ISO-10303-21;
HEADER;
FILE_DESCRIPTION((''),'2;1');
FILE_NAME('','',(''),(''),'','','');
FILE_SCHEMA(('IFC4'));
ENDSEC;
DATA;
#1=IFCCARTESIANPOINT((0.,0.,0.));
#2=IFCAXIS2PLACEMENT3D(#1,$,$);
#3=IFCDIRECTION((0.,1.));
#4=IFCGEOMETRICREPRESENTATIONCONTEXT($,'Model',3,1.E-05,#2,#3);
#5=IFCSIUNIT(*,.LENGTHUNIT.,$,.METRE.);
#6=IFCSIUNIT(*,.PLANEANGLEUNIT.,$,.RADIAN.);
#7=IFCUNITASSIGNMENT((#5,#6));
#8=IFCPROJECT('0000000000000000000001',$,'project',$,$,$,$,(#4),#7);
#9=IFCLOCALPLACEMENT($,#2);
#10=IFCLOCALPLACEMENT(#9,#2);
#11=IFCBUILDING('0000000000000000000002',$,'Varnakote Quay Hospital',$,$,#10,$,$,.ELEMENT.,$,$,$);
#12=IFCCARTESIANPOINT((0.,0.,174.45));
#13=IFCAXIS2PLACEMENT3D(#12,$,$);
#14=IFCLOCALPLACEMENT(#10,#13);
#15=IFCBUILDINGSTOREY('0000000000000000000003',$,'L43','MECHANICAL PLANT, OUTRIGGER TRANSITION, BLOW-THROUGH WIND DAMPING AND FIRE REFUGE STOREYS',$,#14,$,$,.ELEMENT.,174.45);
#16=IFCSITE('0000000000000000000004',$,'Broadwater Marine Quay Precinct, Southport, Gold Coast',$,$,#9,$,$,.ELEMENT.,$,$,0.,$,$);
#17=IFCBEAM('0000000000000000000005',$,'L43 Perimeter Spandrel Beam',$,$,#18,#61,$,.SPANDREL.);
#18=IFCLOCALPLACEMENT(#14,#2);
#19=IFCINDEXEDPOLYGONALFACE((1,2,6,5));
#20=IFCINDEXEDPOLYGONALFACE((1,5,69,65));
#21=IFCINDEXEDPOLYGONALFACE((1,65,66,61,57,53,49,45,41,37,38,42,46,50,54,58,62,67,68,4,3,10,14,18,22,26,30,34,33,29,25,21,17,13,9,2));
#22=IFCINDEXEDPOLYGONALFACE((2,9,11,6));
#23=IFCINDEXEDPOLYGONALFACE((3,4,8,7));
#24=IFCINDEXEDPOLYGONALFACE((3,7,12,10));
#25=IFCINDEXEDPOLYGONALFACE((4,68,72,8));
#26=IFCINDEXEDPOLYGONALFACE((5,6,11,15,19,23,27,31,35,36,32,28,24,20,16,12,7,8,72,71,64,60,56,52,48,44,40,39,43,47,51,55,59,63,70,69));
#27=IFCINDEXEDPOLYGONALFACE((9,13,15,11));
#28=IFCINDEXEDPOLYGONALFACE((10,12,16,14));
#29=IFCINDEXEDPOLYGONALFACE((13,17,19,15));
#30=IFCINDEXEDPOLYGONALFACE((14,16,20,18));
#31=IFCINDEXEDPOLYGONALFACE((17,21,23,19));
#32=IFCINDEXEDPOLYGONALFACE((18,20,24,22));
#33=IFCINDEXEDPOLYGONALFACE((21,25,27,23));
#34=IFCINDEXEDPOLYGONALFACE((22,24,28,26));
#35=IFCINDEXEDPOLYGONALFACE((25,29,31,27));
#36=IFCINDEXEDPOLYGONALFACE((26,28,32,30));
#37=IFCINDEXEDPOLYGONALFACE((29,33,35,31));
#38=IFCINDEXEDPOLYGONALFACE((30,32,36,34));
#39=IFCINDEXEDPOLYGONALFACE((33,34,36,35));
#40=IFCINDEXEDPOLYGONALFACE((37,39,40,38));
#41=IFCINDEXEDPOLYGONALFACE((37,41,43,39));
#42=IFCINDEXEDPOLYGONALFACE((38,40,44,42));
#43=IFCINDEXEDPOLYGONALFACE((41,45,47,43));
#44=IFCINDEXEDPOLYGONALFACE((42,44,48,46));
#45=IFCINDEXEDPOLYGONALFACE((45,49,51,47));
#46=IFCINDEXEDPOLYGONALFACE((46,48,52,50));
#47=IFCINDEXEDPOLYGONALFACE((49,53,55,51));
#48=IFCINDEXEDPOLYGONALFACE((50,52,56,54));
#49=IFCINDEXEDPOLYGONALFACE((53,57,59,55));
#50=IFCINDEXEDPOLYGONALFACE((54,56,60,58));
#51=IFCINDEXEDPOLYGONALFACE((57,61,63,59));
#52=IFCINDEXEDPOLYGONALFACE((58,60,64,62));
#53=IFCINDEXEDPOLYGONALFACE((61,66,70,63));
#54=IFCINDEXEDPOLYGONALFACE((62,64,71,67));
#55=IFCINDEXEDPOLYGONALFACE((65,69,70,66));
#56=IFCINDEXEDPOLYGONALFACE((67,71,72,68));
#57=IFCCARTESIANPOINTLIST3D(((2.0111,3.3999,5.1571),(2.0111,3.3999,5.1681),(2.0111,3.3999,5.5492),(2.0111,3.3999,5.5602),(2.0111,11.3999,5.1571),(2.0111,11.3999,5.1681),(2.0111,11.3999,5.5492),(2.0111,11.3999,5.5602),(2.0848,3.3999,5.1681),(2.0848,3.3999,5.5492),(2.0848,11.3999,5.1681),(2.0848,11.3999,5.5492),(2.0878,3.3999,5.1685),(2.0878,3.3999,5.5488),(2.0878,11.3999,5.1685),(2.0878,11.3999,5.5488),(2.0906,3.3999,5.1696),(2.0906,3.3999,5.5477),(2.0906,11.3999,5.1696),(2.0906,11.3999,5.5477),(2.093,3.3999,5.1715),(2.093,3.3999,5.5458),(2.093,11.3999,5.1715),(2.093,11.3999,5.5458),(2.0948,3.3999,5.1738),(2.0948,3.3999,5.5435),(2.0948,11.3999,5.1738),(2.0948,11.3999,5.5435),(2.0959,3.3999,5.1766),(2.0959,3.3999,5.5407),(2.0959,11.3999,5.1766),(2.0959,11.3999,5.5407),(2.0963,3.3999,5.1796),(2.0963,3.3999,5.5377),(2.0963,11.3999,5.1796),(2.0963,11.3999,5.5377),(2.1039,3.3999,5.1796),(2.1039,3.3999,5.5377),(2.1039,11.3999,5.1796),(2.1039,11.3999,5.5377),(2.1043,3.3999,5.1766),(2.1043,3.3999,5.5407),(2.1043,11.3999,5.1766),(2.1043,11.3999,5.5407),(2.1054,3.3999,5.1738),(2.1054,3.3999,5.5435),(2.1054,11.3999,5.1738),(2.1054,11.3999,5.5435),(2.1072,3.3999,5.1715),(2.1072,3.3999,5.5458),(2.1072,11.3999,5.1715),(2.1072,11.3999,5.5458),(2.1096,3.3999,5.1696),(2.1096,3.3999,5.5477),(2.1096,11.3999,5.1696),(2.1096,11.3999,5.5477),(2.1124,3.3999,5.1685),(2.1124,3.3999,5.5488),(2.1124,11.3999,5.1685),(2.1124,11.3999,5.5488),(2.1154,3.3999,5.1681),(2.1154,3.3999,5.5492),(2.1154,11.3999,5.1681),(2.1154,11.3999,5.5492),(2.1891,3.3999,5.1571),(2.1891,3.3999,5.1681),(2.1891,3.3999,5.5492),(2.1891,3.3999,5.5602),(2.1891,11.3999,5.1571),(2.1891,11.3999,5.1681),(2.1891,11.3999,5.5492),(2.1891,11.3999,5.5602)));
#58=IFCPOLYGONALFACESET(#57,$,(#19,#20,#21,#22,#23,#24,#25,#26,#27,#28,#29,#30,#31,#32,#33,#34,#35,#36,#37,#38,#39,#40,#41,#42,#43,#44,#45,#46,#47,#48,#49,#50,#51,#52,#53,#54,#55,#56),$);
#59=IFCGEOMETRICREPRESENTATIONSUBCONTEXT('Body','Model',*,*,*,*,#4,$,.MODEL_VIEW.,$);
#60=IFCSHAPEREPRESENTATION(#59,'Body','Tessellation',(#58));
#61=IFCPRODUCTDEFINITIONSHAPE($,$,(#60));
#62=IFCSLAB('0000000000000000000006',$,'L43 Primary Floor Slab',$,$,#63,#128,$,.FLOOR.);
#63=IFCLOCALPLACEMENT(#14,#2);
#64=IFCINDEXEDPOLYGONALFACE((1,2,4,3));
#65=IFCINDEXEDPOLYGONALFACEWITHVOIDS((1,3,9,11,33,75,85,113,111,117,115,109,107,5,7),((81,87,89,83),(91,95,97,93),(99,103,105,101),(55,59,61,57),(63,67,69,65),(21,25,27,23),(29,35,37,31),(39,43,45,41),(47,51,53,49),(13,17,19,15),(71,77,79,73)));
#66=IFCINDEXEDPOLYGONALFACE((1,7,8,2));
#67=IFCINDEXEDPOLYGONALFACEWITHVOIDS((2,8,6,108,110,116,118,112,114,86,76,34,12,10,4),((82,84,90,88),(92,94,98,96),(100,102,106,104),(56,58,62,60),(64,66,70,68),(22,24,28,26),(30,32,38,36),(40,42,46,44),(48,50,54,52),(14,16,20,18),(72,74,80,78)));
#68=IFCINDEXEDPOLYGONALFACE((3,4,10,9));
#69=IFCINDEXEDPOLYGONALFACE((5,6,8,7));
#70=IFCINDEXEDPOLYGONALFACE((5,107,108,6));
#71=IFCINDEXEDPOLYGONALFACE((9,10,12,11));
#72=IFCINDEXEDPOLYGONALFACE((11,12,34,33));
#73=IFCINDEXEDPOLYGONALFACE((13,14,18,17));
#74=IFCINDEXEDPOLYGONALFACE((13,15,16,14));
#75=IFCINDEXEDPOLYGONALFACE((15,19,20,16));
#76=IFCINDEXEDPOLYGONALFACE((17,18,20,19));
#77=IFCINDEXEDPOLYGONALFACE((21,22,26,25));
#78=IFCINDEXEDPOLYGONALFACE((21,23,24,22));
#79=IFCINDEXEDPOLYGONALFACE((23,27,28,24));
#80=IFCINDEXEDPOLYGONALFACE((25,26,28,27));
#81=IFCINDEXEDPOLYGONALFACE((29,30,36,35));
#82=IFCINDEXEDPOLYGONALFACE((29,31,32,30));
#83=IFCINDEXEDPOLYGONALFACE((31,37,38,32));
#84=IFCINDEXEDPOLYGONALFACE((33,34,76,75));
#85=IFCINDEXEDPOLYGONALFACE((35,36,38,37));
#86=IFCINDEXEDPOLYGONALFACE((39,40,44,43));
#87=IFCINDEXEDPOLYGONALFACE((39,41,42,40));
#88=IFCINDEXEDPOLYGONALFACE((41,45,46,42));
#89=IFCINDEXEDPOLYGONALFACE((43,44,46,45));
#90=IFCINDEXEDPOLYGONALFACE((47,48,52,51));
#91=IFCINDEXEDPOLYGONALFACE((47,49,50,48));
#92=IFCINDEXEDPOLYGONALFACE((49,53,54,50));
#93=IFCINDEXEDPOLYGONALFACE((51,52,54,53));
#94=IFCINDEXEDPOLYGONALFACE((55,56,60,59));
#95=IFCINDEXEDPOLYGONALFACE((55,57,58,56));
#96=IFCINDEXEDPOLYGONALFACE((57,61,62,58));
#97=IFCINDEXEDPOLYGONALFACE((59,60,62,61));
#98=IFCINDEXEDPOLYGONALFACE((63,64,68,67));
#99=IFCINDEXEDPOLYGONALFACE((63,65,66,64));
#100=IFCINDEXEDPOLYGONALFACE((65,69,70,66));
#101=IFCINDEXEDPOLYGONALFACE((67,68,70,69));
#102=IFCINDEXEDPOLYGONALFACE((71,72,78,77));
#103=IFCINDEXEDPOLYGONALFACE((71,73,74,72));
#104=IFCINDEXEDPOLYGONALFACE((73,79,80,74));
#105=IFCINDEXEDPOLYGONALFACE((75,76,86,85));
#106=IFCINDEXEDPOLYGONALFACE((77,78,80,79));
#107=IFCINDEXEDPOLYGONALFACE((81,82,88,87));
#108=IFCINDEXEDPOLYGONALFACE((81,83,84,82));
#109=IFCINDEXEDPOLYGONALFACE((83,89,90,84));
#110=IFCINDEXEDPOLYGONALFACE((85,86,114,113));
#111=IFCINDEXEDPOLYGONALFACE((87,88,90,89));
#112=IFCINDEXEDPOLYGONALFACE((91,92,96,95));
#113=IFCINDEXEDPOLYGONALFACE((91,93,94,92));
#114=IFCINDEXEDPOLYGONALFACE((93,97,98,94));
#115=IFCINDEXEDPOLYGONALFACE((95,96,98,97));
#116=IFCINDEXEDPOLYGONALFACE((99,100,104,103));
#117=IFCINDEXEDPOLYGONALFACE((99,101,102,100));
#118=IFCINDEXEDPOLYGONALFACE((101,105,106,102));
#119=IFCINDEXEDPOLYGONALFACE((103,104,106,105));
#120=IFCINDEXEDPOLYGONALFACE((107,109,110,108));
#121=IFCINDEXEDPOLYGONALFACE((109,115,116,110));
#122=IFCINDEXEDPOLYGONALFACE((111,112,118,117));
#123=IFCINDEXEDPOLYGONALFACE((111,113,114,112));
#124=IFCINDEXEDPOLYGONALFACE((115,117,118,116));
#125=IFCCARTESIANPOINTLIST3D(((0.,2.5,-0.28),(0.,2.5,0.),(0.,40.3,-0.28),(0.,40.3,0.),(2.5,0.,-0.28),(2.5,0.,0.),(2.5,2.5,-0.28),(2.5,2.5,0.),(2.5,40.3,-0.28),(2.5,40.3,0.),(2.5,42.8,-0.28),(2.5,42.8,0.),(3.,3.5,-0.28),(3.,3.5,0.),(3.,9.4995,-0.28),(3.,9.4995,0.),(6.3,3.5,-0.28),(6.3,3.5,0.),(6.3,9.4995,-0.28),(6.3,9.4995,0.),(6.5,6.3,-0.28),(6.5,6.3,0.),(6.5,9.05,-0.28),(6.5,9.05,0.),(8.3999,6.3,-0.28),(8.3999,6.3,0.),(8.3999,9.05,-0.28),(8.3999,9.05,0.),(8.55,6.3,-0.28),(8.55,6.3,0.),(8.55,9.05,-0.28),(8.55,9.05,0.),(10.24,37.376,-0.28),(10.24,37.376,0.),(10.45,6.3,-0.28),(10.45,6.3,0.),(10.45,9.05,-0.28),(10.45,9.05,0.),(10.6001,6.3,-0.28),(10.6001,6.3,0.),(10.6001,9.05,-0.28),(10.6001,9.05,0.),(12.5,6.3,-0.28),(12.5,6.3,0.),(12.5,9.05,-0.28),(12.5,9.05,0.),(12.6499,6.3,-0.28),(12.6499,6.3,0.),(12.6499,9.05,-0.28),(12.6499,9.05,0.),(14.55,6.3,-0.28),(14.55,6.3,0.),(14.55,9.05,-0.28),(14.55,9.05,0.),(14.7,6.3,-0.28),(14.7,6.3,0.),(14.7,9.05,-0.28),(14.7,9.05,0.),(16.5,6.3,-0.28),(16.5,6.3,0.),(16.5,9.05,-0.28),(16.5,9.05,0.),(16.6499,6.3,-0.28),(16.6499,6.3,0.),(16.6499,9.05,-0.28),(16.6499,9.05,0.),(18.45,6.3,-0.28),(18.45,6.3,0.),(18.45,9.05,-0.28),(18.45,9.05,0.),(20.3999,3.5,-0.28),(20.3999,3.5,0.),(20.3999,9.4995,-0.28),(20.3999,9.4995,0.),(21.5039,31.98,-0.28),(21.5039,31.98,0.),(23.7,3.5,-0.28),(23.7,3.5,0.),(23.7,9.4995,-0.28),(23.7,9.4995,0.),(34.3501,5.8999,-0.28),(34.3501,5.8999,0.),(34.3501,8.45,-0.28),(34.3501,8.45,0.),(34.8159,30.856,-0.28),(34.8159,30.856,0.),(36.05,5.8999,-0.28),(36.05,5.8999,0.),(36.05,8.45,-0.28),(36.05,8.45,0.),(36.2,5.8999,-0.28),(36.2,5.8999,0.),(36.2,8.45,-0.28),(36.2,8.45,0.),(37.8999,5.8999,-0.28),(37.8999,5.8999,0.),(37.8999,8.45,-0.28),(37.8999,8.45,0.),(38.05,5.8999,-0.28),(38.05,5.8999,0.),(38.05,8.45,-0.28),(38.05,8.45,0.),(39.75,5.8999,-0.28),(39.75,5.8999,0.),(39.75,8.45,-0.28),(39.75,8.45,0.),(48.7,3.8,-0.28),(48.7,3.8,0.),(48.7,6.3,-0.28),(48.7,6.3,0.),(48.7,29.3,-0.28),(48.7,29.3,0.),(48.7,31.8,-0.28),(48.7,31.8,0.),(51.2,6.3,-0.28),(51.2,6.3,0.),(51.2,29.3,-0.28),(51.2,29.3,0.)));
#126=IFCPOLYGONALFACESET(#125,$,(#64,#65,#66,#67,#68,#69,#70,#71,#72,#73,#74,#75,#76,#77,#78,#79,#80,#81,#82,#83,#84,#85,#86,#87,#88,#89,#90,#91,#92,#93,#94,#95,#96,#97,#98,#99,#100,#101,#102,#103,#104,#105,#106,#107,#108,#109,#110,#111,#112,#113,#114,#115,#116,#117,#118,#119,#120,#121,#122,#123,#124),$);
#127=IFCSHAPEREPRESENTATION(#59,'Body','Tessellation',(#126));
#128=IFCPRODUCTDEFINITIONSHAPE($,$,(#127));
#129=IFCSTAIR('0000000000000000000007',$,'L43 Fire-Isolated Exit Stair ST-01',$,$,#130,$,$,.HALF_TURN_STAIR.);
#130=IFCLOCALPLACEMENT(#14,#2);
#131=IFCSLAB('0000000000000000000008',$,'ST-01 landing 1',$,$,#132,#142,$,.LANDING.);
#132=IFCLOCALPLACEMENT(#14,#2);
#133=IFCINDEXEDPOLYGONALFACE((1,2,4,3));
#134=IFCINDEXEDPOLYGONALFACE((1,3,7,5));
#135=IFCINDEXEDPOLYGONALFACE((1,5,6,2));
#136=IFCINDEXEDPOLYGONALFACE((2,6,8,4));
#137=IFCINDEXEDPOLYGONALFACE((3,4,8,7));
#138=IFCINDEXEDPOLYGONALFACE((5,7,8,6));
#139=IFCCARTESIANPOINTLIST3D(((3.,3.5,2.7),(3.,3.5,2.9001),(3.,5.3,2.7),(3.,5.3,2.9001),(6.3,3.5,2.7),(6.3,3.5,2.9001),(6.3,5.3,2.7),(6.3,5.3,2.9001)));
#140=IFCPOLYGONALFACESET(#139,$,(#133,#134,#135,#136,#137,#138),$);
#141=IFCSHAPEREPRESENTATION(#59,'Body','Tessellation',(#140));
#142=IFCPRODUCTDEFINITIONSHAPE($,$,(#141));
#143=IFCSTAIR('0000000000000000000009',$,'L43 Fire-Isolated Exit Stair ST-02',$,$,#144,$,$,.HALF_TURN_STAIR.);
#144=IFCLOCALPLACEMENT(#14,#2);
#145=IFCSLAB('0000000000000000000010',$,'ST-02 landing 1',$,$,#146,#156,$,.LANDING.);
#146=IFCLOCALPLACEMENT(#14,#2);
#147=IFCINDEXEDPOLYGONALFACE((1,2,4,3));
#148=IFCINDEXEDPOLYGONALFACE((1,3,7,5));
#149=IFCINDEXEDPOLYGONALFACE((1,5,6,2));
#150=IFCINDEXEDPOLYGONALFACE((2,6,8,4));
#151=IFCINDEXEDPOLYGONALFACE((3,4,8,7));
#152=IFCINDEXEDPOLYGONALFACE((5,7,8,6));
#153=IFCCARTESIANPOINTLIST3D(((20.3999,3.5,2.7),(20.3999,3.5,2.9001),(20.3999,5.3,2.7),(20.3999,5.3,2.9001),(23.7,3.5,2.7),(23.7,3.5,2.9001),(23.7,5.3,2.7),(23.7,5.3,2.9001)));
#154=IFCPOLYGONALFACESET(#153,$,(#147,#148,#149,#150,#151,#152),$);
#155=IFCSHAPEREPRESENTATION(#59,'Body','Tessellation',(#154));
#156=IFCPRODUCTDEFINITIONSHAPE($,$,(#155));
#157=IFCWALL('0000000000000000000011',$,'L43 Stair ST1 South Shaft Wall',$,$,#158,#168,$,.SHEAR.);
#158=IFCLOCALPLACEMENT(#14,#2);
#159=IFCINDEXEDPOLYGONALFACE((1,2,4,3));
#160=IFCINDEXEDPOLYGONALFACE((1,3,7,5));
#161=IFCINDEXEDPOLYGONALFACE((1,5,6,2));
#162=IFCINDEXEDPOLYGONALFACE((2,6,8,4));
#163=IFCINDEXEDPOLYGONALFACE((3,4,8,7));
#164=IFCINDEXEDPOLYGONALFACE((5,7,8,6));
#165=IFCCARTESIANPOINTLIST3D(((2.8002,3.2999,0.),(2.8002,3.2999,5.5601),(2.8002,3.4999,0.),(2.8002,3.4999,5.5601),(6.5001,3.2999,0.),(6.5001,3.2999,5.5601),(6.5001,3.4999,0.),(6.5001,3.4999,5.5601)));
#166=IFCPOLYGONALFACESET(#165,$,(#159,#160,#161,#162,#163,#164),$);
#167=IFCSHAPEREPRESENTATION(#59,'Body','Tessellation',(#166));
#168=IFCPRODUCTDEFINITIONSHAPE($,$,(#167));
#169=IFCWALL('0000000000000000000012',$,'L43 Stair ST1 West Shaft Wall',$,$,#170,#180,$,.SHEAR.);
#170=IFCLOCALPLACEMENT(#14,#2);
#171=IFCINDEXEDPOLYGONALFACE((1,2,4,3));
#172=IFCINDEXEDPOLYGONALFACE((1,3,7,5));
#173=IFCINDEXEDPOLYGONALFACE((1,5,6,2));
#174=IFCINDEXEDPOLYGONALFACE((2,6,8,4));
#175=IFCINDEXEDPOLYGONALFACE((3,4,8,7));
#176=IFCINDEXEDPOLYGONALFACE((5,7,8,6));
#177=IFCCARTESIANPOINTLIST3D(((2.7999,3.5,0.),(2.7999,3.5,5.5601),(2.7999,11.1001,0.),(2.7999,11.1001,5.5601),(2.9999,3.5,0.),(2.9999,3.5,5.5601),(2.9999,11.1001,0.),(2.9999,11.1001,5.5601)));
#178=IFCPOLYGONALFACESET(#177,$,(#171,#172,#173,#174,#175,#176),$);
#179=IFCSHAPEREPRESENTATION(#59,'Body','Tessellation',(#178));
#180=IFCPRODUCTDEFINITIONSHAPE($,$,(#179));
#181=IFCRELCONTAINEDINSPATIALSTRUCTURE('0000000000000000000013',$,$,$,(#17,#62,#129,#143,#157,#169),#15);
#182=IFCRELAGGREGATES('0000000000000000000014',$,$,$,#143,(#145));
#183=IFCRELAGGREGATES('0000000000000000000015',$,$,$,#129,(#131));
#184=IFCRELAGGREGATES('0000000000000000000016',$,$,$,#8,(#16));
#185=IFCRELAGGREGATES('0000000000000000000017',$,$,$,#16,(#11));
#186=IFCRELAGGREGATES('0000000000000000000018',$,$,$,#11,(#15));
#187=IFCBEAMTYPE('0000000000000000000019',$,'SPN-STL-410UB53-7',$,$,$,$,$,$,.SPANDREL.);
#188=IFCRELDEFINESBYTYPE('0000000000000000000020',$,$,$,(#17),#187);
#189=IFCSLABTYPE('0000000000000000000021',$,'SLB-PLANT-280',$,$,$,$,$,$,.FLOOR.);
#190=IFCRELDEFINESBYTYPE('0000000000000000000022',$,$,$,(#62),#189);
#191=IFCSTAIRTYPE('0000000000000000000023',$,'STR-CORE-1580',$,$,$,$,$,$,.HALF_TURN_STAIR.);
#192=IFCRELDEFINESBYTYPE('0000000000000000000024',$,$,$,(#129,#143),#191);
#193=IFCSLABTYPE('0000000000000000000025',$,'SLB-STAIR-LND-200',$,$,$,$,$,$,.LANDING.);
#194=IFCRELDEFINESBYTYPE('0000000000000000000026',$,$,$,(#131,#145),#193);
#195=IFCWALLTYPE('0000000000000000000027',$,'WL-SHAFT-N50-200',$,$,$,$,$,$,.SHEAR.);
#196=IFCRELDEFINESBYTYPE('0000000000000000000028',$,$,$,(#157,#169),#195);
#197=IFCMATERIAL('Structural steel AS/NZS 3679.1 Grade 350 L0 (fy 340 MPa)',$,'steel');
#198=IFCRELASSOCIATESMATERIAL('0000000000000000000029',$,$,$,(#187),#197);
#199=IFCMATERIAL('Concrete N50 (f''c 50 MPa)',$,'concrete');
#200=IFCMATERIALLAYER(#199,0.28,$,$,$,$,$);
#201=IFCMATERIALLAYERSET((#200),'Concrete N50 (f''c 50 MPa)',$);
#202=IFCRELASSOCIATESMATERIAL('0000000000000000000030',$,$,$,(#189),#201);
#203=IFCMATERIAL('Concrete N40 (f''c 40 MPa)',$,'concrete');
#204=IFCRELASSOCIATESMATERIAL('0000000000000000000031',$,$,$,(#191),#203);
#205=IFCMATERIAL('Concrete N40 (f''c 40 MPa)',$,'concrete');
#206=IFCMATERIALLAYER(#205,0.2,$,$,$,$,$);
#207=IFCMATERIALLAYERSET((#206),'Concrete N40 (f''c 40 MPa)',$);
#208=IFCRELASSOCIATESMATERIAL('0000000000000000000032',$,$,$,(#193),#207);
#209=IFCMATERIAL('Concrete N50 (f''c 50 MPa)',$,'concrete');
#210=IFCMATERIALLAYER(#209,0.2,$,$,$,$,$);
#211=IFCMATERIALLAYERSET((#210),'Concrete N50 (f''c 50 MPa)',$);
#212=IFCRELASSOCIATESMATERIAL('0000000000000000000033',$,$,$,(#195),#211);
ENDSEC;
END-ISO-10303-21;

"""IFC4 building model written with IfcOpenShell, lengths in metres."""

from ifc_helpers import new_model, si_unit, direction, frame, frame_2d, origin, origin_2d, place, context, subcontext, project, spatial, polyline, rectangle, i_section, outline, extrude, material, layer, layer_set, material_profile, profile_set, type_object, element, aggregate, save


model = new_model("IFC4")

# Units and contexts
model_context = context("Model", 3, precision=1e-05, world=origin(), true_north=direction((0.0, 1.0)))
body_context = subcontext(model_context, "Body", "Model", "MODEL_VIEW")
ifc_project = project(units=[si_unit("LENGTHUNIT", "METRE"), si_unit("PLANEANGLEUNIT", "RADIAN")], contexts=[model_context])

# Site, building, storey
site_placement = place(None, origin())
site = spatial("IfcSite", under=ifc_project, at=site_placement, Name="Broadwater Marine Quay Precinct, Southport, Gold Coast", CompositionType="ELEMENT", RefElevation=0.0)
building_placement = place(site_placement, origin())
building = spatial("IfcBuilding", under=site, at=building_placement, Name="Varnakote Quay Hospital", CompositionType="ELEMENT")
storey_placement = place(building_placement, frame((0.0, 0.0, 174.45)))
storey = spatial("IfcBuildingStorey", under=building, at=storey_placement, Name="L43", Description="MECHANICAL PLANT, OUTRIGGER TRANSITION, BLOW-THROUGH WIND DAMPING AND FIRE REFUGE STOREYS", CompositionType="ELEMENT", Elevation=174.45)

# Beam
ifc_material_1 = material(Name="Structural steel AS/NZS 3679.1 Grade 350 L0 (fy 340 MPa)", Category="steel")
ifc_material_profile_1 = material_profile(ifc_material_1, i_section(OverallWidth=0.178, OverallDepth=0.4031, WebThickness=0.0076, FlangeThickness=0.011, FilletRadius=0.0115, at=origin_2d()), Name="410UB53.7")
ifc_profile_set_1 = profile_set([ifc_material_profile_1], Name="Structural steel AS/NZS 3679.1 Grade 350 L0 (fy 340 MPa)")
beam_type_1 = type_object("IfcBeamType", Name="SPN-STL-410UB53-7", PredefinedType="SPANDREL", material=ifc_profile_set_1)
beam_1_placement = place(storey_placement, frame((2.1001, 3.3999, 5.3586), z_axis=(0.0, 1.0, 0.0), x_axis=(-1.0, 0.0, 0.0)))
element("IfcBeam", 1, at=beam_1_placement, inside=storey, type_object=beam_type_1, Name="L43 Perimeter Spandrel Beam", PredefinedType="SPANDREL", context=body_context, shape_type="SweptSolid", body=[
    extrude(i_section(OverallWidth=0.178, OverallDepth=0.4031, WebThickness=0.0076, FlangeThickness=0.011, FilletRadius=0.0115, at=origin_2d()), origin(), (0.0, 0.0, 1.0), 8.0),
])

# Slab
ifc_material_2 = material(Name="Concrete N50 (f'c 50 MPa)", Category="concrete")
ifc_layer_1 = layer(ifc_material_2, 0.28)
ifc_layer_set_1 = layer_set([ifc_layer_1], Name="Concrete N50 (f'c 50 MPa)")
slab_type_1 = type_object("IfcSlabType", Name="SLB-PLANT-280", PredefinedType="FLOOR", material=ifc_layer_set_1)
slab_1_placement = place(storey_placement, frame((0.0, 0.0, -0.28)))
element("IfcSlab", 2, at=slab_1_placement, inside=storey, type_object=slab_type_1, Name="L43 Primary Floor Slab", PredefinedType="FLOOR", context=body_context, shape_type="SweptSolid", body=[
    extrude(outline(polyline([(0.0, 2.5), (2.5, 2.5), (2.5, 0.0), (48.7, 3.8), (48.7, 6.3), (51.2, 6.3), (51.2, 29.3), (48.7, 29.3), (48.7, 31.8), (34.8159, 30.856), (21.5039, 31.98), (10.24, 37.376), (2.5, 42.8), (2.5, 40.3), (0.0, 40.3), (0.0, 2.5)]), holes=[polyline([(3.0, 3.5), (6.3, 3.5), (6.3, 9.4995), (3.0, 9.4995), (3.0, 3.5)]), polyline([(20.3999, 3.5), (23.7, 3.5), (23.7, 9.4995), (20.3999, 9.4995), (20.3999, 3.5)]), polyline([(6.5, 6.3), (8.3999, 6.3), (8.3999, 9.05), (6.5, 9.05), (6.5, 6.3)]), polyline([(8.55, 6.3), (10.45, 6.3), (10.45, 9.05), (8.55, 9.05), (8.55, 6.3)]), polyline([(10.6001, 6.3), (12.5, 6.3), (12.5, 9.05), (10.6001, 9.05), (10.6001, 6.3)]), polyline([(12.6499, 6.3), (14.55, 6.3), (14.55, 9.05), (12.6499, 9.05), (12.6499, 6.3)]), polyline([(14.7, 6.3), (16.5, 6.3), (16.5, 9.05), (14.7, 9.05), (14.7, 6.3)]), polyline([(16.6499, 6.3), (18.45, 6.3), (18.45, 9.05), (16.6499, 9.05), (16.6499, 6.3)]), polyline([(34.3501, 5.8999), (36.05, 5.8999), (36.05, 8.45), (34.3501, 8.45), (34.3501, 5.8999)]), polyline([(36.2, 5.8999), (37.8999, 5.8999), (37.8999, 8.45), (36.2, 8.45), (36.2, 5.8999)]), polyline([(38.05, 5.8999), (39.75, 5.8999), (39.75, 8.45), (38.05, 8.45), (38.05, 5.8999)])]), origin(), (0.0, 0.0, 1.0), 0.28),
])

# Stairs, slabs
ifc_material_3 = material(Name="Concrete N40 (f'c 40 MPa)", Category="concrete")
stair_type = type_object("IfcStairType", Name="STR-CORE-1580", PredefinedType="HALF_TURN_STAIR", material=ifc_material_3)
stair_1_placement = place(storey_placement, origin())
stair_1 = element("IfcStair", 3, at=stair_1_placement, inside=storey, type_object=stair_type, Name="L43 Fire-Isolated Exit Stair ST-01", PredefinedType="HALF_TURN_STAIR")
ifc_material_4 = material(Name="Concrete N40 (f'c 40 MPa)", Category="concrete")
ifc_layer_2 = layer(ifc_material_4, 0.2)
ifc_layer_set_2 = layer_set([ifc_layer_2], Name="Concrete N40 (f'c 40 MPa)")
slab_type_2 = type_object("IfcSlabType", Name="SLB-STAIR-LND-200", PredefinedType="LANDING", material=ifc_layer_set_2)
slab_2_placement = place(storey_placement, frame((0.0, 0.0, 2.7)))
slab_2 = element("IfcSlab", 4, at=slab_2_placement, type_object=slab_type_2, Name="ST-01 landing 1", PredefinedType="LANDING", context=body_context, shape_type="SweptSolid", body=[
    extrude(outline(polyline([(3.0, 5.3), (3.0, 3.5), (6.3, 3.5), (6.3, 5.3), (3.0, 5.3)])), origin(), (0.0, 0.0, 1.0), 0.2002),
])
stair_2_placement = place(storey_placement, origin())
stair_2 = element("IfcStair", 5, at=stair_2_placement, inside=storey, type_object=stair_type, Name="L43 Fire-Isolated Exit Stair ST-02", PredefinedType="HALF_TURN_STAIR")
slab_3_placement = place(storey_placement, frame((0.0, 0.0, 2.7)))
slab_3 = element("IfcSlab", 6, at=slab_3_placement, type_object=slab_type_2, Name="ST-02 landing 1", PredefinedType="LANDING", context=body_context, shape_type="SweptSolid", body=[
    extrude(outline(polyline([(20.3999, 5.3), (20.3999, 3.5), (23.7, 3.5), (23.7, 5.3), (20.3999, 5.3)])), origin(), (0.0, 0.0, 1.0), 0.2002),
])
aggregate(stair_2, [slab_3])

# Walls
ifc_material_5 = material(Name="Concrete N50 (f'c 50 MPa)", Category="concrete")
ifc_layer_3 = layer(ifc_material_5, 0.2)
ifc_layer_set_3 = layer_set([ifc_layer_3], Name="Concrete N50 (f'c 50 MPa)")
wall_type = type_object("IfcWallType", Name="WL-SHAFT-N50-200", PredefinedType="SHEAR", material=ifc_layer_set_3)
wall_1_placement = place(storey_placement, frame((2.8, 3.3999, 0.0), z_axis=(0.0, 0.0, 1.0), x_axis=(1.0, 0.0, 0.0)))
element("IfcWall", 7, at=wall_1_placement, inside=storey, type_object=wall_type, Name="L43 Stair ST1 South Shaft Wall", PredefinedType="SHEAR", context=body_context, shape_type="SweptSolid", body=[
    extrude(rectangle(XDim=3.7, YDim=0.2, at=frame_2d((1.8501, 0.0))), origin(), (0.0, 0.0, 1.0), 5.5601),
])
wall_2_placement = place(storey_placement, frame((2.8999, 3.5, 0.0), z_axis=(0.0, 0.0, 1.0), x_axis=(0.0, 1.0, 0.0)))
element("IfcWall", 8, at=wall_2_placement, inside=storey, type_object=wall_type, Name="L43 Stair ST1 West Shaft Wall", PredefinedType="SHEAR", context=body_context, shape_type="SweptSolid", body=[
    extrude(rectangle(XDim=7.6001, YDim=0.2, at=frame_2d((3.8, 0.0))), origin(), (0.0, 0.0, 1.0), 5.5601),
])

aggregate(stair_1, [slab_2])

save(model, "model.ifc")
